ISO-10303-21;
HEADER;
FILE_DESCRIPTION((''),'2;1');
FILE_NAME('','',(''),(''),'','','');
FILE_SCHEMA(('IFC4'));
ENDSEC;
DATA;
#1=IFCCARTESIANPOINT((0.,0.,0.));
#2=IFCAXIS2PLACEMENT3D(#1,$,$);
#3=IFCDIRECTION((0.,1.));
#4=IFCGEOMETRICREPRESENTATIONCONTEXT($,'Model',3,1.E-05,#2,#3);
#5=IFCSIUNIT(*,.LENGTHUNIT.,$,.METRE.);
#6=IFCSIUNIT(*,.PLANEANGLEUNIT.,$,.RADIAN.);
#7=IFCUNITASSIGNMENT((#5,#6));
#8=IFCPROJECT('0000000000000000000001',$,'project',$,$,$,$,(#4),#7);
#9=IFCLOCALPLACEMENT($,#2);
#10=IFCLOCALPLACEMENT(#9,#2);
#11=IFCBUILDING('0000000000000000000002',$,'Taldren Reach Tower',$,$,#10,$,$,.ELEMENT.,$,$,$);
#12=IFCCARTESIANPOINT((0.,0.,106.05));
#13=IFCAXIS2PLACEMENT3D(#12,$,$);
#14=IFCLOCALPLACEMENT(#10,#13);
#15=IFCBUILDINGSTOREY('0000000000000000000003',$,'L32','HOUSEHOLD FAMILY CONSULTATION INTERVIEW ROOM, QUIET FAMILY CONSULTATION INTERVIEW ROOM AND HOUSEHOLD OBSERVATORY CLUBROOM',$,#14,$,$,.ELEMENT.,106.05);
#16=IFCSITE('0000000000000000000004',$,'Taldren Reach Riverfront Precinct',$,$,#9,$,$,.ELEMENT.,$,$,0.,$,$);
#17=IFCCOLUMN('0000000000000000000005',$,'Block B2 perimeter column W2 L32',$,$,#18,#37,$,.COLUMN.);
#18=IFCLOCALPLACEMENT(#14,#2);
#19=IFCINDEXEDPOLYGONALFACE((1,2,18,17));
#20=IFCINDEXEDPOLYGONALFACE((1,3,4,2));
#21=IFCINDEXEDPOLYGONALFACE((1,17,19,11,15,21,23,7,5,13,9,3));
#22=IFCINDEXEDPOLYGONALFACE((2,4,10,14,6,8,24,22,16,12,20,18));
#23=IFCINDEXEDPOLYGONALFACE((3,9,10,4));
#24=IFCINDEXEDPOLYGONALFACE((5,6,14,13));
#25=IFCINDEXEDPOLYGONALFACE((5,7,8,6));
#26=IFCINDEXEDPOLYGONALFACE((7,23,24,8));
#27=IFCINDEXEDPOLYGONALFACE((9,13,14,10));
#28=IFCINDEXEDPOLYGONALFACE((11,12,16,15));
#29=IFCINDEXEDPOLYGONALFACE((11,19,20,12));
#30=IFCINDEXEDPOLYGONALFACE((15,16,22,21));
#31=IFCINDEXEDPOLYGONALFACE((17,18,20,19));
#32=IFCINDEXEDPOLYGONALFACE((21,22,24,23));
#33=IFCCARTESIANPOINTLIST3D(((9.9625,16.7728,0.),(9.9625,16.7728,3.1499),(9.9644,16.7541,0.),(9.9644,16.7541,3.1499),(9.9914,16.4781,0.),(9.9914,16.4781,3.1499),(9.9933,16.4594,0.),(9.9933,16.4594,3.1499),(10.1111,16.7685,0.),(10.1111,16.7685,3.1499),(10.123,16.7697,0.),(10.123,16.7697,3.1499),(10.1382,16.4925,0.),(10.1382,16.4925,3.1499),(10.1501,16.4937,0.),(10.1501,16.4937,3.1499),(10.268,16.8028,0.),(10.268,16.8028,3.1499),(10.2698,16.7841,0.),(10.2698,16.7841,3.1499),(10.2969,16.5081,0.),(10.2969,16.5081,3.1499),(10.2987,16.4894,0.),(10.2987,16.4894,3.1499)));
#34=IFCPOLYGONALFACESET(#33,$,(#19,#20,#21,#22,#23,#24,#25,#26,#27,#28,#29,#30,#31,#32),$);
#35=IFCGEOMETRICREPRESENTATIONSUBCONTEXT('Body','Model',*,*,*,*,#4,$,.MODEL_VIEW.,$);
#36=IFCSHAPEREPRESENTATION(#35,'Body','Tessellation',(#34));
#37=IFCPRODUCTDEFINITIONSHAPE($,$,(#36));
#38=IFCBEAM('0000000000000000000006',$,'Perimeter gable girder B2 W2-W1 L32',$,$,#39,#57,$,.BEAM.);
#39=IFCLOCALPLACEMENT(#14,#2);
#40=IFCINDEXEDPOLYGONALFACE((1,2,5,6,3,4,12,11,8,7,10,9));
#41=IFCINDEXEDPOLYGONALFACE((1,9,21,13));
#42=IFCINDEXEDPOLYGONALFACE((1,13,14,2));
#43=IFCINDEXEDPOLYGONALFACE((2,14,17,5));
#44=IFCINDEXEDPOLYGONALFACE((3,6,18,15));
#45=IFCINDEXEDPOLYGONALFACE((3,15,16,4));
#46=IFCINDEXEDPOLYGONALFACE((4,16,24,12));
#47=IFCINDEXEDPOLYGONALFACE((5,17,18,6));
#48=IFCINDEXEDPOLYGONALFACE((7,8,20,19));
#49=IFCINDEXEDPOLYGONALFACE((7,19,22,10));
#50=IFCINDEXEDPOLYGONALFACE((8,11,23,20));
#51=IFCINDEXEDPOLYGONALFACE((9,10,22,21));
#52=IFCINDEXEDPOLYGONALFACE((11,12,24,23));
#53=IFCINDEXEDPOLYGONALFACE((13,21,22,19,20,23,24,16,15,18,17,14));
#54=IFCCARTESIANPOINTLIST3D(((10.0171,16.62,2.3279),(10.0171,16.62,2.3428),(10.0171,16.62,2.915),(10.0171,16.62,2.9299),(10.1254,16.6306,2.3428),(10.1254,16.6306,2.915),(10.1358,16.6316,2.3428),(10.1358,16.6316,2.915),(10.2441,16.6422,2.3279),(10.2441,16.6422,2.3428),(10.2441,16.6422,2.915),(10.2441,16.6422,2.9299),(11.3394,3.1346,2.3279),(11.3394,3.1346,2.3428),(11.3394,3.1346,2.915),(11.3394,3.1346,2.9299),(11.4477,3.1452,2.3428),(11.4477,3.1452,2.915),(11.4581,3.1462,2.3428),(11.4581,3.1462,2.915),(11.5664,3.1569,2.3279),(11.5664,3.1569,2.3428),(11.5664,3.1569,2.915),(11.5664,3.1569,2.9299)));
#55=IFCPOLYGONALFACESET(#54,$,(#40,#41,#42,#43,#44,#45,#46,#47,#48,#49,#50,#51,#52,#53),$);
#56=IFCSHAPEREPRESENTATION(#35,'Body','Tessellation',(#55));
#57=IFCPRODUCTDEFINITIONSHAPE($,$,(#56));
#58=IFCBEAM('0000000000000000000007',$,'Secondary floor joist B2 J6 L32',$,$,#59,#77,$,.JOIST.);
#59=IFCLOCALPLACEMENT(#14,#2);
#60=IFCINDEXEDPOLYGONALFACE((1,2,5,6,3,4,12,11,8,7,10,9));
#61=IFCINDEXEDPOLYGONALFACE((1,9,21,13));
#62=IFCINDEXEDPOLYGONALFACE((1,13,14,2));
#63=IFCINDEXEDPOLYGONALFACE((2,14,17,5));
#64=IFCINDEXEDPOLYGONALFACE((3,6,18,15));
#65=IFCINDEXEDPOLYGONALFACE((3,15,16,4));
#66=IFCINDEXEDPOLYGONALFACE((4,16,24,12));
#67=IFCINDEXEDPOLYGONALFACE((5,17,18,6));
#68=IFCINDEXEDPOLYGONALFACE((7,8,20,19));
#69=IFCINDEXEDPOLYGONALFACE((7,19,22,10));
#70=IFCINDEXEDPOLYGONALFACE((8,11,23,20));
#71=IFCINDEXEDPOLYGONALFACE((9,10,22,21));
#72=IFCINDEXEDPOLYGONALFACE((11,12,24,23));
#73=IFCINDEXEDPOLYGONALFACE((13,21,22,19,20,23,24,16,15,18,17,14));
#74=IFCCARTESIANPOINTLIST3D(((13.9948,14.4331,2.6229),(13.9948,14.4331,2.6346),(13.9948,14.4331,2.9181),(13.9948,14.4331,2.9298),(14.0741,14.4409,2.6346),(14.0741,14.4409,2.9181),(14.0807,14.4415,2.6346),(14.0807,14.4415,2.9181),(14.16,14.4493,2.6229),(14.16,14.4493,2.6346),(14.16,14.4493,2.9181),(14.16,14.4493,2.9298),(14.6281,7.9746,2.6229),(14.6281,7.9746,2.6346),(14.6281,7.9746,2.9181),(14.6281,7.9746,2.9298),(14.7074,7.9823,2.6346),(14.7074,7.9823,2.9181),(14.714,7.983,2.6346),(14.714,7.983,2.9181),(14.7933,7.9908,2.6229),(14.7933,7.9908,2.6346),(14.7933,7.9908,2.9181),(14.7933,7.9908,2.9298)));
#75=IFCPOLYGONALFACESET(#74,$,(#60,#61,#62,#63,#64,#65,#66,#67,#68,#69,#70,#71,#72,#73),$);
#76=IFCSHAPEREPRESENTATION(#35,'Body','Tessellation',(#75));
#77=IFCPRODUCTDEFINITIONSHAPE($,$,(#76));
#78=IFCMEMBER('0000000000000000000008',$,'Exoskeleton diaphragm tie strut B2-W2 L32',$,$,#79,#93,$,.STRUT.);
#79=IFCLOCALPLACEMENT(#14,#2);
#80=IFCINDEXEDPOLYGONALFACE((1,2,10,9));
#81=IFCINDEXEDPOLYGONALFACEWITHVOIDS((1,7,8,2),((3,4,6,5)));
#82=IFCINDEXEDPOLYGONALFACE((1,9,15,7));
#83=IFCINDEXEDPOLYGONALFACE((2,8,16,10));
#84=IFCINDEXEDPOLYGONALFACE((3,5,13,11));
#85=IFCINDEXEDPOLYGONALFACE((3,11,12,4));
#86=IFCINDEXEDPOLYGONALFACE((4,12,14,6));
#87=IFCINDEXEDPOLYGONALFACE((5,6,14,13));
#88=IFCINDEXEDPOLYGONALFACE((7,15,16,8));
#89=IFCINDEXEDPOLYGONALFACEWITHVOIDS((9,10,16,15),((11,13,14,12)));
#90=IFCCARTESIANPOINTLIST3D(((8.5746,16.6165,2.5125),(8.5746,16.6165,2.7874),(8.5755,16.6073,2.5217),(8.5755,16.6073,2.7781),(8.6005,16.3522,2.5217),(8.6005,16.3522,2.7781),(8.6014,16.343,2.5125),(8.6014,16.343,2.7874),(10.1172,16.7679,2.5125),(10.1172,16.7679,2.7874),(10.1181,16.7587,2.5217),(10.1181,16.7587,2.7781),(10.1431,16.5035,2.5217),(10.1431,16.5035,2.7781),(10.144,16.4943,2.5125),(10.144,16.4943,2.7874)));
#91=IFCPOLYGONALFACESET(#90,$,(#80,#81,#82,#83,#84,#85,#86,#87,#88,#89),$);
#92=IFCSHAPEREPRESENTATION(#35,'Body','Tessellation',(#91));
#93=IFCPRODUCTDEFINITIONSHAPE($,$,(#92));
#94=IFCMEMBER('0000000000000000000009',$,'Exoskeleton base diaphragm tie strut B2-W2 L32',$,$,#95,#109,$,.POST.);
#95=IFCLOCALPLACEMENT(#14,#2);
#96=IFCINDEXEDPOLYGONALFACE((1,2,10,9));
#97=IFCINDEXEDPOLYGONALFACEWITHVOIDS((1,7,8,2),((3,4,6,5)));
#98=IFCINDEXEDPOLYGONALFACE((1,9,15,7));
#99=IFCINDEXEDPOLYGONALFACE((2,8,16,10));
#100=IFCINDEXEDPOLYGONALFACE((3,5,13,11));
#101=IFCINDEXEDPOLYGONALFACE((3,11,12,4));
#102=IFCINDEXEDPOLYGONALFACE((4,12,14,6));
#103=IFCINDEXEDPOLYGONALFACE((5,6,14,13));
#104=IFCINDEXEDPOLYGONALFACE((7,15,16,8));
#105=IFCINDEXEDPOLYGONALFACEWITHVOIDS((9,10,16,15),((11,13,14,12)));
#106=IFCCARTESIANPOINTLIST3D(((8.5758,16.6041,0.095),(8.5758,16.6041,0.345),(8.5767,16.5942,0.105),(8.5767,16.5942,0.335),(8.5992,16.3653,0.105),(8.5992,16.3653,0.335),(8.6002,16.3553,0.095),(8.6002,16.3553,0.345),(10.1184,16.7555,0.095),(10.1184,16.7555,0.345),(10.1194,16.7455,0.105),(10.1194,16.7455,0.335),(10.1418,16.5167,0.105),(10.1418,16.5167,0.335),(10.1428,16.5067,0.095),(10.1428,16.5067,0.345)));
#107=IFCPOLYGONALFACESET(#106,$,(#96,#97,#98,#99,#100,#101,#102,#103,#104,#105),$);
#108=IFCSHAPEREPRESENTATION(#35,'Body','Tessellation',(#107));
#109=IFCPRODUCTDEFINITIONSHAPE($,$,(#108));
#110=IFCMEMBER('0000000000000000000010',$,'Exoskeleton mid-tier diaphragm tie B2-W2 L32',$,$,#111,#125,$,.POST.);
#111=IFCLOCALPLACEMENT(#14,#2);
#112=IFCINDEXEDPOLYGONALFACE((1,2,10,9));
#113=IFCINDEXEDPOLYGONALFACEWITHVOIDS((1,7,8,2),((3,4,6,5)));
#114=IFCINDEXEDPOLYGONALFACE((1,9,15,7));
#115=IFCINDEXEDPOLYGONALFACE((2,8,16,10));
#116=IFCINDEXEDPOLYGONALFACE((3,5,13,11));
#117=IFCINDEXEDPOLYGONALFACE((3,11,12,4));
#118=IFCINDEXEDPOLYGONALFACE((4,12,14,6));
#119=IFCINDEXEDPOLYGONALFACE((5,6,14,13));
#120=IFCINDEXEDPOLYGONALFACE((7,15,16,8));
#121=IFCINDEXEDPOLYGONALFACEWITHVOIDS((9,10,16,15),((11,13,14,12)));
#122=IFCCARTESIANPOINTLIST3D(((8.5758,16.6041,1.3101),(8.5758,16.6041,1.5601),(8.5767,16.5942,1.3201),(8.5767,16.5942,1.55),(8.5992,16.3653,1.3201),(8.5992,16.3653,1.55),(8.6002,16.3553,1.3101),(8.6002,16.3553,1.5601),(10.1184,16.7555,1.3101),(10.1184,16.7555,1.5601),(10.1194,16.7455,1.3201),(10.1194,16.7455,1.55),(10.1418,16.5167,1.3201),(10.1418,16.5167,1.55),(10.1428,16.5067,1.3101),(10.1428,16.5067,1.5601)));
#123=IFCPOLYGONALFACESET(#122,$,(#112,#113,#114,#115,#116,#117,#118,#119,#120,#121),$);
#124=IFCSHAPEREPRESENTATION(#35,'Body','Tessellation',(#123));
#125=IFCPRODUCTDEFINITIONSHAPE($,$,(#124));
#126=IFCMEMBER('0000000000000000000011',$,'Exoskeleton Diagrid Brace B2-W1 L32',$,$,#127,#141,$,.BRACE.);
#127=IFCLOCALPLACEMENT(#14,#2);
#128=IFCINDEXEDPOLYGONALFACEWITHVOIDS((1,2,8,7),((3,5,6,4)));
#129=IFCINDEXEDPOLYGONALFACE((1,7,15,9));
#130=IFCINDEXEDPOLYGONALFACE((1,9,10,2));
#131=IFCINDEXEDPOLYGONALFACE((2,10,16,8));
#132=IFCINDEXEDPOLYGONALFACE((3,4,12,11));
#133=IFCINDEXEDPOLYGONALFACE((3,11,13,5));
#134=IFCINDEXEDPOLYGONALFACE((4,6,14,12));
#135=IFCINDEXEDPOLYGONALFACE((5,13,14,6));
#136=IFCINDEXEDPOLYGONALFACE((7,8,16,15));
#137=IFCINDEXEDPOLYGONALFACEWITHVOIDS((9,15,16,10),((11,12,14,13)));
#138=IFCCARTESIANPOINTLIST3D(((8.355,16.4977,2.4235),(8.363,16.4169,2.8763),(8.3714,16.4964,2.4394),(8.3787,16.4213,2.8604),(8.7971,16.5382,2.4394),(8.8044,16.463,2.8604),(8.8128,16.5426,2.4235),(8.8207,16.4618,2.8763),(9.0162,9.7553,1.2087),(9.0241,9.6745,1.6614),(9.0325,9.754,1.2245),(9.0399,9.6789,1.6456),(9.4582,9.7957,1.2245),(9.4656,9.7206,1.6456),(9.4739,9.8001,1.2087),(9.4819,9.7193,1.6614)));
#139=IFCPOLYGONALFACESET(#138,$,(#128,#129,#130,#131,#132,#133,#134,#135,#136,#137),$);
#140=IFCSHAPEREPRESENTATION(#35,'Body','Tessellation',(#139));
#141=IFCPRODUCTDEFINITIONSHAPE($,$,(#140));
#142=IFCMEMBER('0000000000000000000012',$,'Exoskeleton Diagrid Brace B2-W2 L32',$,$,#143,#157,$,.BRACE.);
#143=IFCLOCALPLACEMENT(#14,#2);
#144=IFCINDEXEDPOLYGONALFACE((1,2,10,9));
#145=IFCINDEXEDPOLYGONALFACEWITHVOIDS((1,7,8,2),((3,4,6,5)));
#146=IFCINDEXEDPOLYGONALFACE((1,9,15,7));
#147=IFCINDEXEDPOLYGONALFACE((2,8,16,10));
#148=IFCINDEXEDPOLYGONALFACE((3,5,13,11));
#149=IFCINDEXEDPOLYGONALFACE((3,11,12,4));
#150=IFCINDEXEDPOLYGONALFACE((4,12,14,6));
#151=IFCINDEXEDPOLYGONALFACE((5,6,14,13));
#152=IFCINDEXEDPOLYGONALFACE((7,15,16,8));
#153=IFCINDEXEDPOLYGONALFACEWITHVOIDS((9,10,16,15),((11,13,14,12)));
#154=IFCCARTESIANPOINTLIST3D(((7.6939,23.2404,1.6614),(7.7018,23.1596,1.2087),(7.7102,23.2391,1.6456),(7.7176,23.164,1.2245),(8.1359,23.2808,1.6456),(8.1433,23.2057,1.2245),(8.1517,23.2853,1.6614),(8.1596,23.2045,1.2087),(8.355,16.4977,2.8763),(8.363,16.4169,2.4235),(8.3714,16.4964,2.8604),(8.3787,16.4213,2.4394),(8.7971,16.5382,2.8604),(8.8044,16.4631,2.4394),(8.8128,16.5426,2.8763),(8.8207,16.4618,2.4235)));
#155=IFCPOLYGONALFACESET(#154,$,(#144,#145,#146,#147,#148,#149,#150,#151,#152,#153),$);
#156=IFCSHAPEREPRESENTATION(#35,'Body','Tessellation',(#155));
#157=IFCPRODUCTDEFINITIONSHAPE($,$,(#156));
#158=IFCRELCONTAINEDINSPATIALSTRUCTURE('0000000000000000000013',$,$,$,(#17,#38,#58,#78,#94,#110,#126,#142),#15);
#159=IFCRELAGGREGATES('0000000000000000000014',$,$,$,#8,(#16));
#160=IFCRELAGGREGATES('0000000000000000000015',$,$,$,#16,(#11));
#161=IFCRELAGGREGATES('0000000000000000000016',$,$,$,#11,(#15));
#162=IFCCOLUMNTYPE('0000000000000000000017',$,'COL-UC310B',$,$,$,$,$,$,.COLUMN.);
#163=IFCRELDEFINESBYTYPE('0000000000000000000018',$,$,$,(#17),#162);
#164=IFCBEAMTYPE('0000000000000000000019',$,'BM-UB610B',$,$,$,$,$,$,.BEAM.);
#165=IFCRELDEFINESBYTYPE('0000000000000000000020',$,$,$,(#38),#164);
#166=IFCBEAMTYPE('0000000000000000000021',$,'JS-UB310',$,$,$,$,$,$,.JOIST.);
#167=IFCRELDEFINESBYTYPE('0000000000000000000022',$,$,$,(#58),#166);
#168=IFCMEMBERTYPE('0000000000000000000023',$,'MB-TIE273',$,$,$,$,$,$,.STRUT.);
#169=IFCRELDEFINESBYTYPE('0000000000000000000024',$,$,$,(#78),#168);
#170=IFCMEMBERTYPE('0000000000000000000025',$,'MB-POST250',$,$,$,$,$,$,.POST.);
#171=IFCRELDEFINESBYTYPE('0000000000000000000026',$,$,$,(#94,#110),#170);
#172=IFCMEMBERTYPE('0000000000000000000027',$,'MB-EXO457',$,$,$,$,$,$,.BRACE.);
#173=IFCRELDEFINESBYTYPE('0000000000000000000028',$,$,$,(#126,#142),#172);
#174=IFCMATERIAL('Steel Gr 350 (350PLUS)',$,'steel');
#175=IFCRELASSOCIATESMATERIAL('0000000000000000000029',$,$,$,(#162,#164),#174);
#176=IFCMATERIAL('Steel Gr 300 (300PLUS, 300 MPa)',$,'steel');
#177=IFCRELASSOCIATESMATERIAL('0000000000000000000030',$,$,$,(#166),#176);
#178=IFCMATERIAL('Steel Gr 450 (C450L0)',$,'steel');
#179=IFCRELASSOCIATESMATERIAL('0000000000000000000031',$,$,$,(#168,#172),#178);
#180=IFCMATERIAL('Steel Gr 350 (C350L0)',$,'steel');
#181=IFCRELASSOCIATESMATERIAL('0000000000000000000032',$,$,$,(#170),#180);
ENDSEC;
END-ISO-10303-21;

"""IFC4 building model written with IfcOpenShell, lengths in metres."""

from ifc_helpers import new_model, si_unit, direction, frame, origin, origin_2d, place, context, subcontext, project, spatial, hollow_rectangle, i_section, extrude, source, transform, mapped, material, material_profile, profile_set, type_object, element, save


model = new_model("IFC4")

# Units and contexts
model_context = context("Model", 3, precision=1e-05, world=origin(), true_north=direction((0.0, 1.0)))
body_context = subcontext(model_context, "Body", "Model", "MODEL_VIEW")
ifc_project = project(units=[si_unit("LENGTHUNIT", "METRE"), si_unit("PLANEANGLEUNIT", "RADIAN")], contexts=[model_context])

# Site, building, storey
site_placement = place(None, origin())
site = spatial("IfcSite", under=ifc_project, at=site_placement, Name="Taldren Reach Riverfront Precinct", CompositionType="ELEMENT", RefElevation=0.0)
building_placement = place(site_placement, origin())
building = spatial("IfcBuilding", under=site, at=building_placement, Name="Taldren Reach Tower", CompositionType="ELEMENT")
storey_placement = place(building_placement, frame((0.0, 0.0, 106.05)))
storey = spatial("IfcBuildingStorey", under=building, at=storey_placement, Name="L32", Description="HOUSEHOLD FAMILY CONSULTATION INTERVIEW ROOM, QUIET FAMILY CONSULTATION INTERVIEW ROOM AND HOUSEHOLD OBSERVATORY CLUBROOM", CompositionType="ELEMENT", Elevation=106.05)

# Column
ifc_material_1 = material(Name="Steel Gr 350 (350PLUS)", Category="steel")
ifc_material_profile_1 = material_profile(ifc_material_1, i_section(OverallWidth=0.3069, OverallDepth=0.3149, WebThickness=0.012, FlangeThickness=0.0188, at=origin_2d()), Name="310UC118")
ifc_profile_set_1 = profile_set([ifc_material_profile_1], Name="Steel Gr 350 (350PLUS)")
column_type = type_object("IfcColumnType", Name="COL-UC310B", PredefinedType="COLUMN", material=ifc_profile_set_1)
shared_shape_1 = source(origin(), body_context, "Body", "SweptSolid", [
    extrude(i_section(OverallWidth=0.3069, OverallDepth=0.3149, WebThickness=0.012, FlangeThickness=0.0188, at=origin_2d()), origin(), (0.0, 0.0, 1.0), 3.1499),
])
column_placement = place(storey_placement, frame((10.1306, 16.6311, 0.0), z_axis=(0.0, 0.0, 1.0), x_axis=(0.995227, 0.097583, 0.0)))
element("IfcColumn", 1, at=column_placement, inside=storey, type_object=column_type, Name="Block B2 perimeter column W2 L32", PredefinedType="COLUMN", context=body_context, shape_type="MappedRepresentation", body=[
    mapped(shared_shape_1, transform((0.0, 0.0, 0.0), scale=1.0)),
])

# Beams
ifc_material_profile_2 = material_profile(ifc_material_1, i_section(OverallWidth=0.228, OverallDepth=0.6021, WebThickness=0.0105, FlangeThickness=0.0149, at=origin_2d()), Name="610UB101")
ifc_profile_set_2 = profile_set([ifc_material_profile_2], Name="Steel Gr 350 (350PLUS)")
beam_type_1 = type_object("IfcBeamType", Name="BM-UB610B", PredefinedType="BEAM", material=ifc_profile_set_2)
shared_shape_2 = source(origin(), body_context, "Body", "SweptSolid", [
    extrude(i_section(OverallWidth=0.228, OverallDepth=0.6021, WebThickness=0.0105, FlangeThickness=0.0149, at=origin_2d()), origin(), (0.0, 0.0, 1.0), 13.55),
])
beam_1_placement = place(storey_placement, frame((10.1306, 16.6311, 2.6289), z_axis=(0.097584, -0.995227, 0.0), x_axis=(0.995227, 0.097584, 0.0)))
element("IfcBeam", 2, at=beam_1_placement, inside=storey, type_object=beam_type_1, Name="Perimeter gable girder B2 W2-W1 L32", PredefinedType="BEAM", context=body_context, shape_type="MappedRepresentation", body=[
    mapped(shared_shape_2, transform((0.0, 0.0, 0.0), scale=1.0)),
])
ifc_material_2 = material(Name="Steel Gr 300 (300PLUS, 300 MPa)", Category="steel")
ifc_material_profile_3 = material_profile(ifc_material_2, i_section(OverallWidth=0.166, OverallDepth=0.3069, WebThickness=0.0066, FlangeThickness=0.0117, at=origin_2d()), Name="310UB46.2")
ifc_profile_set_3 = profile_set([ifc_material_profile_3], Name="Steel Gr 300 (300PLUS, 300 MPa)")
beam_type_2 = type_object("IfcBeamType", Name="JS-UB310", PredefinedType="JOIST", material=ifc_profile_set_3)
shared_shape_3 = source(origin(), body_context, "Body", "SweptSolid", [
    extrude(i_section(OverallWidth=0.166, OverallDepth=0.3069, WebThickness=0.0066, FlangeThickness=0.0117, at=origin_2d()), origin(), (0.0, 0.0, 1.0), 6.4895),
])
beam_2_placement = place(storey_placement, frame((14.7107, 7.9827, 2.7764), z_axis=(-0.097589, 0.995227, 0.0), x_axis=(-0.995227, -0.097589, 0.0)))
element("IfcBeam", 3, at=beam_2_placement, inside=storey, type_object=beam_type_2, Name="Secondary floor joist B2 J6 L32", PredefinedType="JOIST", context=body_context, shape_type="MappedRepresentation", body=[
    mapped(shared_shape_3, transform((0.0, 0.0, 0.0), scale=1.0)),
])

# Members
ifc_material_3 = material(Name="Steel Gr 450 (C450L0)", Category="steel")
ifc_material_profile_4 = material_profile(ifc_material_3, hollow_rectangle(XDim=0.2749, YDim=0.2749, WallThickness=0.0093, at=origin_2d()), Name="275x275x9.3SHS")
ifc_profile_set_4 = profile_set([ifc_material_profile_4], Name="Steel Gr 450 (C450L0)")
member_type_1 = type_object("IfcMemberType", Name="MB-TIE273", PredefinedType="STRUT", material=ifc_profile_set_4)
shared_shape_4 = source(origin(), body_context, "Body", "SweptSolid", [
    extrude(hollow_rectangle(XDim=0.2749, YDim=0.2749, WallThickness=0.0093, at=origin_2d()), origin(), (0.0, 0.0, 1.0), 1.55),
])
member_1_placement = place(storey_placement, frame((10.1306, 16.6311, 2.6499), z_axis=(-0.995221, -0.097648, 0.0), x_axis=(0.097648, -0.995221, 0.0)))
element("IfcMember", 4, at=member_1_placement, inside=storey, type_object=member_type_1, Name="Exoskeleton diaphragm tie strut B2-W2 L32", PredefinedType="STRUT", context=body_context, shape_type="MappedRepresentation", body=[
    mapped(shared_shape_4, transform((0.0, 0.0, 0.0), scale=1.0)),
])
ifc_material_4 = material(Name="Steel Gr 350 (C350L0)", Category="steel")
ifc_material_profile_5 = material_profile(ifc_material_4, hollow_rectangle(XDim=0.25, YDim=0.25, WallThickness=0.01, at=origin_2d()), Name="250x250x10.0SHS")
ifc_profile_set_5 = profile_set([ifc_material_profile_5], Name="Steel Gr 350 (C350L0)")
member_type_2 = type_object("IfcMemberType", Name="MB-POST250", PredefinedType="POST", material=ifc_profile_set_5)
shared_shape_5 = source(origin(), body_context, "Body", "SweptSolid", [
    extrude(hollow_rectangle(XDim=0.25, YDim=0.25, WallThickness=0.01, at=origin_2d()), origin(), (0.0, 0.0, 1.0), 1.55),
])
for number, where, z_axis, x_axis, name in (
    (5, (10.1306, 16.6311, 0.22), (-0.995221, -0.097648, 0.0), (0.097648, -0.995221, 0.0), "Exoskeleton base diaphragm tie strut B2-W2 L32"),
    (6, (10.1306, 16.6311, 1.4351), (-0.995221, -0.097648, 0.0), (0.097648, -0.995221, 0.0), "Exoskeleton mid-tier diaphragm tie B2-W2 L32"),
):
    element("IfcMember", number, at=place(storey_placement, frame(where, z_axis=z_axis, x_axis=x_axis)), inside=storey, type_object=member_type_2, Name=name, PredefinedType="POST", context=body_context, shape_type="MappedRepresentation", body=[
        mapped(shared_shape_5, transform((0.0, 0.0, 0.0), scale=1.0)),
    ])
ifc_material_profile_6 = material_profile(ifc_material_3, hollow_rectangle(XDim=0.46, YDim=0.46, WallThickness=0.0161, at=origin_2d()), Name="460x460x16.0SHS")
ifc_profile_set_6 = profile_set([ifc_material_profile_6], Name="Steel Gr 450 (C450L0)")
member_type_3 = type_object("IfcMemberType", Name="MB-EXO457", PredefinedType="BRACE", material=ifc_profile_set_6)
shared_shape_6 = source(origin(), body_context, "Body", "SweptSolid", [
    extrude(hollow_rectangle(XDim=0.46, YDim=0.46, WallThickness=0.0161, at=origin_2d()), origin(), (0.0, 0.0, 1.0), 6.8828),
])
member_2_placement = place(storey_placement, frame((9.249, 9.7373, 1.4351), z_axis=(-0.096055, 0.979602, 0.176504), x_axis=(-0.995227, -0.097588, 0.0)))
element("IfcMember", 7, at=member_2_placement, inside=storey, type_object=member_type_3, Name="Exoskeleton Diagrid Brace B2-W1 L32", PredefinedType="BRACE", context=body_context, shape_type="MappedRepresentation", body=[
    mapped(shared_shape_6, transform((0.0, 0.0, 0.0), scale=1.0)),
])
shared_shape_7 = source(origin(), body_context, "Body", "SweptSolid", [
    extrude(hollow_rectangle(XDim=0.46, YDim=0.46, WallThickness=0.0161, at=origin_2d()), origin(), (0.0, 0.0, 1.0), 6.8831),
])
member_3_placement = place(storey_placement, frame((7.9268, 23.2224, 1.4351), z_axis=(0.096052, -0.979603, 0.176497), x_axis=(0.995227, 0.097584, 0.0)))
element("IfcMember", 8, at=member_3_placement, inside=storey, type_object=member_type_3, Name="Exoskeleton Diagrid Brace B2-W2 L32", PredefinedType="BRACE", context=body_context, shape_type="MappedRepresentation", body=[
    mapped(shared_shape_7, transform((0.0, 0.0, 0.0), scale=1.0)),
])

save(model, "model.ifc")
